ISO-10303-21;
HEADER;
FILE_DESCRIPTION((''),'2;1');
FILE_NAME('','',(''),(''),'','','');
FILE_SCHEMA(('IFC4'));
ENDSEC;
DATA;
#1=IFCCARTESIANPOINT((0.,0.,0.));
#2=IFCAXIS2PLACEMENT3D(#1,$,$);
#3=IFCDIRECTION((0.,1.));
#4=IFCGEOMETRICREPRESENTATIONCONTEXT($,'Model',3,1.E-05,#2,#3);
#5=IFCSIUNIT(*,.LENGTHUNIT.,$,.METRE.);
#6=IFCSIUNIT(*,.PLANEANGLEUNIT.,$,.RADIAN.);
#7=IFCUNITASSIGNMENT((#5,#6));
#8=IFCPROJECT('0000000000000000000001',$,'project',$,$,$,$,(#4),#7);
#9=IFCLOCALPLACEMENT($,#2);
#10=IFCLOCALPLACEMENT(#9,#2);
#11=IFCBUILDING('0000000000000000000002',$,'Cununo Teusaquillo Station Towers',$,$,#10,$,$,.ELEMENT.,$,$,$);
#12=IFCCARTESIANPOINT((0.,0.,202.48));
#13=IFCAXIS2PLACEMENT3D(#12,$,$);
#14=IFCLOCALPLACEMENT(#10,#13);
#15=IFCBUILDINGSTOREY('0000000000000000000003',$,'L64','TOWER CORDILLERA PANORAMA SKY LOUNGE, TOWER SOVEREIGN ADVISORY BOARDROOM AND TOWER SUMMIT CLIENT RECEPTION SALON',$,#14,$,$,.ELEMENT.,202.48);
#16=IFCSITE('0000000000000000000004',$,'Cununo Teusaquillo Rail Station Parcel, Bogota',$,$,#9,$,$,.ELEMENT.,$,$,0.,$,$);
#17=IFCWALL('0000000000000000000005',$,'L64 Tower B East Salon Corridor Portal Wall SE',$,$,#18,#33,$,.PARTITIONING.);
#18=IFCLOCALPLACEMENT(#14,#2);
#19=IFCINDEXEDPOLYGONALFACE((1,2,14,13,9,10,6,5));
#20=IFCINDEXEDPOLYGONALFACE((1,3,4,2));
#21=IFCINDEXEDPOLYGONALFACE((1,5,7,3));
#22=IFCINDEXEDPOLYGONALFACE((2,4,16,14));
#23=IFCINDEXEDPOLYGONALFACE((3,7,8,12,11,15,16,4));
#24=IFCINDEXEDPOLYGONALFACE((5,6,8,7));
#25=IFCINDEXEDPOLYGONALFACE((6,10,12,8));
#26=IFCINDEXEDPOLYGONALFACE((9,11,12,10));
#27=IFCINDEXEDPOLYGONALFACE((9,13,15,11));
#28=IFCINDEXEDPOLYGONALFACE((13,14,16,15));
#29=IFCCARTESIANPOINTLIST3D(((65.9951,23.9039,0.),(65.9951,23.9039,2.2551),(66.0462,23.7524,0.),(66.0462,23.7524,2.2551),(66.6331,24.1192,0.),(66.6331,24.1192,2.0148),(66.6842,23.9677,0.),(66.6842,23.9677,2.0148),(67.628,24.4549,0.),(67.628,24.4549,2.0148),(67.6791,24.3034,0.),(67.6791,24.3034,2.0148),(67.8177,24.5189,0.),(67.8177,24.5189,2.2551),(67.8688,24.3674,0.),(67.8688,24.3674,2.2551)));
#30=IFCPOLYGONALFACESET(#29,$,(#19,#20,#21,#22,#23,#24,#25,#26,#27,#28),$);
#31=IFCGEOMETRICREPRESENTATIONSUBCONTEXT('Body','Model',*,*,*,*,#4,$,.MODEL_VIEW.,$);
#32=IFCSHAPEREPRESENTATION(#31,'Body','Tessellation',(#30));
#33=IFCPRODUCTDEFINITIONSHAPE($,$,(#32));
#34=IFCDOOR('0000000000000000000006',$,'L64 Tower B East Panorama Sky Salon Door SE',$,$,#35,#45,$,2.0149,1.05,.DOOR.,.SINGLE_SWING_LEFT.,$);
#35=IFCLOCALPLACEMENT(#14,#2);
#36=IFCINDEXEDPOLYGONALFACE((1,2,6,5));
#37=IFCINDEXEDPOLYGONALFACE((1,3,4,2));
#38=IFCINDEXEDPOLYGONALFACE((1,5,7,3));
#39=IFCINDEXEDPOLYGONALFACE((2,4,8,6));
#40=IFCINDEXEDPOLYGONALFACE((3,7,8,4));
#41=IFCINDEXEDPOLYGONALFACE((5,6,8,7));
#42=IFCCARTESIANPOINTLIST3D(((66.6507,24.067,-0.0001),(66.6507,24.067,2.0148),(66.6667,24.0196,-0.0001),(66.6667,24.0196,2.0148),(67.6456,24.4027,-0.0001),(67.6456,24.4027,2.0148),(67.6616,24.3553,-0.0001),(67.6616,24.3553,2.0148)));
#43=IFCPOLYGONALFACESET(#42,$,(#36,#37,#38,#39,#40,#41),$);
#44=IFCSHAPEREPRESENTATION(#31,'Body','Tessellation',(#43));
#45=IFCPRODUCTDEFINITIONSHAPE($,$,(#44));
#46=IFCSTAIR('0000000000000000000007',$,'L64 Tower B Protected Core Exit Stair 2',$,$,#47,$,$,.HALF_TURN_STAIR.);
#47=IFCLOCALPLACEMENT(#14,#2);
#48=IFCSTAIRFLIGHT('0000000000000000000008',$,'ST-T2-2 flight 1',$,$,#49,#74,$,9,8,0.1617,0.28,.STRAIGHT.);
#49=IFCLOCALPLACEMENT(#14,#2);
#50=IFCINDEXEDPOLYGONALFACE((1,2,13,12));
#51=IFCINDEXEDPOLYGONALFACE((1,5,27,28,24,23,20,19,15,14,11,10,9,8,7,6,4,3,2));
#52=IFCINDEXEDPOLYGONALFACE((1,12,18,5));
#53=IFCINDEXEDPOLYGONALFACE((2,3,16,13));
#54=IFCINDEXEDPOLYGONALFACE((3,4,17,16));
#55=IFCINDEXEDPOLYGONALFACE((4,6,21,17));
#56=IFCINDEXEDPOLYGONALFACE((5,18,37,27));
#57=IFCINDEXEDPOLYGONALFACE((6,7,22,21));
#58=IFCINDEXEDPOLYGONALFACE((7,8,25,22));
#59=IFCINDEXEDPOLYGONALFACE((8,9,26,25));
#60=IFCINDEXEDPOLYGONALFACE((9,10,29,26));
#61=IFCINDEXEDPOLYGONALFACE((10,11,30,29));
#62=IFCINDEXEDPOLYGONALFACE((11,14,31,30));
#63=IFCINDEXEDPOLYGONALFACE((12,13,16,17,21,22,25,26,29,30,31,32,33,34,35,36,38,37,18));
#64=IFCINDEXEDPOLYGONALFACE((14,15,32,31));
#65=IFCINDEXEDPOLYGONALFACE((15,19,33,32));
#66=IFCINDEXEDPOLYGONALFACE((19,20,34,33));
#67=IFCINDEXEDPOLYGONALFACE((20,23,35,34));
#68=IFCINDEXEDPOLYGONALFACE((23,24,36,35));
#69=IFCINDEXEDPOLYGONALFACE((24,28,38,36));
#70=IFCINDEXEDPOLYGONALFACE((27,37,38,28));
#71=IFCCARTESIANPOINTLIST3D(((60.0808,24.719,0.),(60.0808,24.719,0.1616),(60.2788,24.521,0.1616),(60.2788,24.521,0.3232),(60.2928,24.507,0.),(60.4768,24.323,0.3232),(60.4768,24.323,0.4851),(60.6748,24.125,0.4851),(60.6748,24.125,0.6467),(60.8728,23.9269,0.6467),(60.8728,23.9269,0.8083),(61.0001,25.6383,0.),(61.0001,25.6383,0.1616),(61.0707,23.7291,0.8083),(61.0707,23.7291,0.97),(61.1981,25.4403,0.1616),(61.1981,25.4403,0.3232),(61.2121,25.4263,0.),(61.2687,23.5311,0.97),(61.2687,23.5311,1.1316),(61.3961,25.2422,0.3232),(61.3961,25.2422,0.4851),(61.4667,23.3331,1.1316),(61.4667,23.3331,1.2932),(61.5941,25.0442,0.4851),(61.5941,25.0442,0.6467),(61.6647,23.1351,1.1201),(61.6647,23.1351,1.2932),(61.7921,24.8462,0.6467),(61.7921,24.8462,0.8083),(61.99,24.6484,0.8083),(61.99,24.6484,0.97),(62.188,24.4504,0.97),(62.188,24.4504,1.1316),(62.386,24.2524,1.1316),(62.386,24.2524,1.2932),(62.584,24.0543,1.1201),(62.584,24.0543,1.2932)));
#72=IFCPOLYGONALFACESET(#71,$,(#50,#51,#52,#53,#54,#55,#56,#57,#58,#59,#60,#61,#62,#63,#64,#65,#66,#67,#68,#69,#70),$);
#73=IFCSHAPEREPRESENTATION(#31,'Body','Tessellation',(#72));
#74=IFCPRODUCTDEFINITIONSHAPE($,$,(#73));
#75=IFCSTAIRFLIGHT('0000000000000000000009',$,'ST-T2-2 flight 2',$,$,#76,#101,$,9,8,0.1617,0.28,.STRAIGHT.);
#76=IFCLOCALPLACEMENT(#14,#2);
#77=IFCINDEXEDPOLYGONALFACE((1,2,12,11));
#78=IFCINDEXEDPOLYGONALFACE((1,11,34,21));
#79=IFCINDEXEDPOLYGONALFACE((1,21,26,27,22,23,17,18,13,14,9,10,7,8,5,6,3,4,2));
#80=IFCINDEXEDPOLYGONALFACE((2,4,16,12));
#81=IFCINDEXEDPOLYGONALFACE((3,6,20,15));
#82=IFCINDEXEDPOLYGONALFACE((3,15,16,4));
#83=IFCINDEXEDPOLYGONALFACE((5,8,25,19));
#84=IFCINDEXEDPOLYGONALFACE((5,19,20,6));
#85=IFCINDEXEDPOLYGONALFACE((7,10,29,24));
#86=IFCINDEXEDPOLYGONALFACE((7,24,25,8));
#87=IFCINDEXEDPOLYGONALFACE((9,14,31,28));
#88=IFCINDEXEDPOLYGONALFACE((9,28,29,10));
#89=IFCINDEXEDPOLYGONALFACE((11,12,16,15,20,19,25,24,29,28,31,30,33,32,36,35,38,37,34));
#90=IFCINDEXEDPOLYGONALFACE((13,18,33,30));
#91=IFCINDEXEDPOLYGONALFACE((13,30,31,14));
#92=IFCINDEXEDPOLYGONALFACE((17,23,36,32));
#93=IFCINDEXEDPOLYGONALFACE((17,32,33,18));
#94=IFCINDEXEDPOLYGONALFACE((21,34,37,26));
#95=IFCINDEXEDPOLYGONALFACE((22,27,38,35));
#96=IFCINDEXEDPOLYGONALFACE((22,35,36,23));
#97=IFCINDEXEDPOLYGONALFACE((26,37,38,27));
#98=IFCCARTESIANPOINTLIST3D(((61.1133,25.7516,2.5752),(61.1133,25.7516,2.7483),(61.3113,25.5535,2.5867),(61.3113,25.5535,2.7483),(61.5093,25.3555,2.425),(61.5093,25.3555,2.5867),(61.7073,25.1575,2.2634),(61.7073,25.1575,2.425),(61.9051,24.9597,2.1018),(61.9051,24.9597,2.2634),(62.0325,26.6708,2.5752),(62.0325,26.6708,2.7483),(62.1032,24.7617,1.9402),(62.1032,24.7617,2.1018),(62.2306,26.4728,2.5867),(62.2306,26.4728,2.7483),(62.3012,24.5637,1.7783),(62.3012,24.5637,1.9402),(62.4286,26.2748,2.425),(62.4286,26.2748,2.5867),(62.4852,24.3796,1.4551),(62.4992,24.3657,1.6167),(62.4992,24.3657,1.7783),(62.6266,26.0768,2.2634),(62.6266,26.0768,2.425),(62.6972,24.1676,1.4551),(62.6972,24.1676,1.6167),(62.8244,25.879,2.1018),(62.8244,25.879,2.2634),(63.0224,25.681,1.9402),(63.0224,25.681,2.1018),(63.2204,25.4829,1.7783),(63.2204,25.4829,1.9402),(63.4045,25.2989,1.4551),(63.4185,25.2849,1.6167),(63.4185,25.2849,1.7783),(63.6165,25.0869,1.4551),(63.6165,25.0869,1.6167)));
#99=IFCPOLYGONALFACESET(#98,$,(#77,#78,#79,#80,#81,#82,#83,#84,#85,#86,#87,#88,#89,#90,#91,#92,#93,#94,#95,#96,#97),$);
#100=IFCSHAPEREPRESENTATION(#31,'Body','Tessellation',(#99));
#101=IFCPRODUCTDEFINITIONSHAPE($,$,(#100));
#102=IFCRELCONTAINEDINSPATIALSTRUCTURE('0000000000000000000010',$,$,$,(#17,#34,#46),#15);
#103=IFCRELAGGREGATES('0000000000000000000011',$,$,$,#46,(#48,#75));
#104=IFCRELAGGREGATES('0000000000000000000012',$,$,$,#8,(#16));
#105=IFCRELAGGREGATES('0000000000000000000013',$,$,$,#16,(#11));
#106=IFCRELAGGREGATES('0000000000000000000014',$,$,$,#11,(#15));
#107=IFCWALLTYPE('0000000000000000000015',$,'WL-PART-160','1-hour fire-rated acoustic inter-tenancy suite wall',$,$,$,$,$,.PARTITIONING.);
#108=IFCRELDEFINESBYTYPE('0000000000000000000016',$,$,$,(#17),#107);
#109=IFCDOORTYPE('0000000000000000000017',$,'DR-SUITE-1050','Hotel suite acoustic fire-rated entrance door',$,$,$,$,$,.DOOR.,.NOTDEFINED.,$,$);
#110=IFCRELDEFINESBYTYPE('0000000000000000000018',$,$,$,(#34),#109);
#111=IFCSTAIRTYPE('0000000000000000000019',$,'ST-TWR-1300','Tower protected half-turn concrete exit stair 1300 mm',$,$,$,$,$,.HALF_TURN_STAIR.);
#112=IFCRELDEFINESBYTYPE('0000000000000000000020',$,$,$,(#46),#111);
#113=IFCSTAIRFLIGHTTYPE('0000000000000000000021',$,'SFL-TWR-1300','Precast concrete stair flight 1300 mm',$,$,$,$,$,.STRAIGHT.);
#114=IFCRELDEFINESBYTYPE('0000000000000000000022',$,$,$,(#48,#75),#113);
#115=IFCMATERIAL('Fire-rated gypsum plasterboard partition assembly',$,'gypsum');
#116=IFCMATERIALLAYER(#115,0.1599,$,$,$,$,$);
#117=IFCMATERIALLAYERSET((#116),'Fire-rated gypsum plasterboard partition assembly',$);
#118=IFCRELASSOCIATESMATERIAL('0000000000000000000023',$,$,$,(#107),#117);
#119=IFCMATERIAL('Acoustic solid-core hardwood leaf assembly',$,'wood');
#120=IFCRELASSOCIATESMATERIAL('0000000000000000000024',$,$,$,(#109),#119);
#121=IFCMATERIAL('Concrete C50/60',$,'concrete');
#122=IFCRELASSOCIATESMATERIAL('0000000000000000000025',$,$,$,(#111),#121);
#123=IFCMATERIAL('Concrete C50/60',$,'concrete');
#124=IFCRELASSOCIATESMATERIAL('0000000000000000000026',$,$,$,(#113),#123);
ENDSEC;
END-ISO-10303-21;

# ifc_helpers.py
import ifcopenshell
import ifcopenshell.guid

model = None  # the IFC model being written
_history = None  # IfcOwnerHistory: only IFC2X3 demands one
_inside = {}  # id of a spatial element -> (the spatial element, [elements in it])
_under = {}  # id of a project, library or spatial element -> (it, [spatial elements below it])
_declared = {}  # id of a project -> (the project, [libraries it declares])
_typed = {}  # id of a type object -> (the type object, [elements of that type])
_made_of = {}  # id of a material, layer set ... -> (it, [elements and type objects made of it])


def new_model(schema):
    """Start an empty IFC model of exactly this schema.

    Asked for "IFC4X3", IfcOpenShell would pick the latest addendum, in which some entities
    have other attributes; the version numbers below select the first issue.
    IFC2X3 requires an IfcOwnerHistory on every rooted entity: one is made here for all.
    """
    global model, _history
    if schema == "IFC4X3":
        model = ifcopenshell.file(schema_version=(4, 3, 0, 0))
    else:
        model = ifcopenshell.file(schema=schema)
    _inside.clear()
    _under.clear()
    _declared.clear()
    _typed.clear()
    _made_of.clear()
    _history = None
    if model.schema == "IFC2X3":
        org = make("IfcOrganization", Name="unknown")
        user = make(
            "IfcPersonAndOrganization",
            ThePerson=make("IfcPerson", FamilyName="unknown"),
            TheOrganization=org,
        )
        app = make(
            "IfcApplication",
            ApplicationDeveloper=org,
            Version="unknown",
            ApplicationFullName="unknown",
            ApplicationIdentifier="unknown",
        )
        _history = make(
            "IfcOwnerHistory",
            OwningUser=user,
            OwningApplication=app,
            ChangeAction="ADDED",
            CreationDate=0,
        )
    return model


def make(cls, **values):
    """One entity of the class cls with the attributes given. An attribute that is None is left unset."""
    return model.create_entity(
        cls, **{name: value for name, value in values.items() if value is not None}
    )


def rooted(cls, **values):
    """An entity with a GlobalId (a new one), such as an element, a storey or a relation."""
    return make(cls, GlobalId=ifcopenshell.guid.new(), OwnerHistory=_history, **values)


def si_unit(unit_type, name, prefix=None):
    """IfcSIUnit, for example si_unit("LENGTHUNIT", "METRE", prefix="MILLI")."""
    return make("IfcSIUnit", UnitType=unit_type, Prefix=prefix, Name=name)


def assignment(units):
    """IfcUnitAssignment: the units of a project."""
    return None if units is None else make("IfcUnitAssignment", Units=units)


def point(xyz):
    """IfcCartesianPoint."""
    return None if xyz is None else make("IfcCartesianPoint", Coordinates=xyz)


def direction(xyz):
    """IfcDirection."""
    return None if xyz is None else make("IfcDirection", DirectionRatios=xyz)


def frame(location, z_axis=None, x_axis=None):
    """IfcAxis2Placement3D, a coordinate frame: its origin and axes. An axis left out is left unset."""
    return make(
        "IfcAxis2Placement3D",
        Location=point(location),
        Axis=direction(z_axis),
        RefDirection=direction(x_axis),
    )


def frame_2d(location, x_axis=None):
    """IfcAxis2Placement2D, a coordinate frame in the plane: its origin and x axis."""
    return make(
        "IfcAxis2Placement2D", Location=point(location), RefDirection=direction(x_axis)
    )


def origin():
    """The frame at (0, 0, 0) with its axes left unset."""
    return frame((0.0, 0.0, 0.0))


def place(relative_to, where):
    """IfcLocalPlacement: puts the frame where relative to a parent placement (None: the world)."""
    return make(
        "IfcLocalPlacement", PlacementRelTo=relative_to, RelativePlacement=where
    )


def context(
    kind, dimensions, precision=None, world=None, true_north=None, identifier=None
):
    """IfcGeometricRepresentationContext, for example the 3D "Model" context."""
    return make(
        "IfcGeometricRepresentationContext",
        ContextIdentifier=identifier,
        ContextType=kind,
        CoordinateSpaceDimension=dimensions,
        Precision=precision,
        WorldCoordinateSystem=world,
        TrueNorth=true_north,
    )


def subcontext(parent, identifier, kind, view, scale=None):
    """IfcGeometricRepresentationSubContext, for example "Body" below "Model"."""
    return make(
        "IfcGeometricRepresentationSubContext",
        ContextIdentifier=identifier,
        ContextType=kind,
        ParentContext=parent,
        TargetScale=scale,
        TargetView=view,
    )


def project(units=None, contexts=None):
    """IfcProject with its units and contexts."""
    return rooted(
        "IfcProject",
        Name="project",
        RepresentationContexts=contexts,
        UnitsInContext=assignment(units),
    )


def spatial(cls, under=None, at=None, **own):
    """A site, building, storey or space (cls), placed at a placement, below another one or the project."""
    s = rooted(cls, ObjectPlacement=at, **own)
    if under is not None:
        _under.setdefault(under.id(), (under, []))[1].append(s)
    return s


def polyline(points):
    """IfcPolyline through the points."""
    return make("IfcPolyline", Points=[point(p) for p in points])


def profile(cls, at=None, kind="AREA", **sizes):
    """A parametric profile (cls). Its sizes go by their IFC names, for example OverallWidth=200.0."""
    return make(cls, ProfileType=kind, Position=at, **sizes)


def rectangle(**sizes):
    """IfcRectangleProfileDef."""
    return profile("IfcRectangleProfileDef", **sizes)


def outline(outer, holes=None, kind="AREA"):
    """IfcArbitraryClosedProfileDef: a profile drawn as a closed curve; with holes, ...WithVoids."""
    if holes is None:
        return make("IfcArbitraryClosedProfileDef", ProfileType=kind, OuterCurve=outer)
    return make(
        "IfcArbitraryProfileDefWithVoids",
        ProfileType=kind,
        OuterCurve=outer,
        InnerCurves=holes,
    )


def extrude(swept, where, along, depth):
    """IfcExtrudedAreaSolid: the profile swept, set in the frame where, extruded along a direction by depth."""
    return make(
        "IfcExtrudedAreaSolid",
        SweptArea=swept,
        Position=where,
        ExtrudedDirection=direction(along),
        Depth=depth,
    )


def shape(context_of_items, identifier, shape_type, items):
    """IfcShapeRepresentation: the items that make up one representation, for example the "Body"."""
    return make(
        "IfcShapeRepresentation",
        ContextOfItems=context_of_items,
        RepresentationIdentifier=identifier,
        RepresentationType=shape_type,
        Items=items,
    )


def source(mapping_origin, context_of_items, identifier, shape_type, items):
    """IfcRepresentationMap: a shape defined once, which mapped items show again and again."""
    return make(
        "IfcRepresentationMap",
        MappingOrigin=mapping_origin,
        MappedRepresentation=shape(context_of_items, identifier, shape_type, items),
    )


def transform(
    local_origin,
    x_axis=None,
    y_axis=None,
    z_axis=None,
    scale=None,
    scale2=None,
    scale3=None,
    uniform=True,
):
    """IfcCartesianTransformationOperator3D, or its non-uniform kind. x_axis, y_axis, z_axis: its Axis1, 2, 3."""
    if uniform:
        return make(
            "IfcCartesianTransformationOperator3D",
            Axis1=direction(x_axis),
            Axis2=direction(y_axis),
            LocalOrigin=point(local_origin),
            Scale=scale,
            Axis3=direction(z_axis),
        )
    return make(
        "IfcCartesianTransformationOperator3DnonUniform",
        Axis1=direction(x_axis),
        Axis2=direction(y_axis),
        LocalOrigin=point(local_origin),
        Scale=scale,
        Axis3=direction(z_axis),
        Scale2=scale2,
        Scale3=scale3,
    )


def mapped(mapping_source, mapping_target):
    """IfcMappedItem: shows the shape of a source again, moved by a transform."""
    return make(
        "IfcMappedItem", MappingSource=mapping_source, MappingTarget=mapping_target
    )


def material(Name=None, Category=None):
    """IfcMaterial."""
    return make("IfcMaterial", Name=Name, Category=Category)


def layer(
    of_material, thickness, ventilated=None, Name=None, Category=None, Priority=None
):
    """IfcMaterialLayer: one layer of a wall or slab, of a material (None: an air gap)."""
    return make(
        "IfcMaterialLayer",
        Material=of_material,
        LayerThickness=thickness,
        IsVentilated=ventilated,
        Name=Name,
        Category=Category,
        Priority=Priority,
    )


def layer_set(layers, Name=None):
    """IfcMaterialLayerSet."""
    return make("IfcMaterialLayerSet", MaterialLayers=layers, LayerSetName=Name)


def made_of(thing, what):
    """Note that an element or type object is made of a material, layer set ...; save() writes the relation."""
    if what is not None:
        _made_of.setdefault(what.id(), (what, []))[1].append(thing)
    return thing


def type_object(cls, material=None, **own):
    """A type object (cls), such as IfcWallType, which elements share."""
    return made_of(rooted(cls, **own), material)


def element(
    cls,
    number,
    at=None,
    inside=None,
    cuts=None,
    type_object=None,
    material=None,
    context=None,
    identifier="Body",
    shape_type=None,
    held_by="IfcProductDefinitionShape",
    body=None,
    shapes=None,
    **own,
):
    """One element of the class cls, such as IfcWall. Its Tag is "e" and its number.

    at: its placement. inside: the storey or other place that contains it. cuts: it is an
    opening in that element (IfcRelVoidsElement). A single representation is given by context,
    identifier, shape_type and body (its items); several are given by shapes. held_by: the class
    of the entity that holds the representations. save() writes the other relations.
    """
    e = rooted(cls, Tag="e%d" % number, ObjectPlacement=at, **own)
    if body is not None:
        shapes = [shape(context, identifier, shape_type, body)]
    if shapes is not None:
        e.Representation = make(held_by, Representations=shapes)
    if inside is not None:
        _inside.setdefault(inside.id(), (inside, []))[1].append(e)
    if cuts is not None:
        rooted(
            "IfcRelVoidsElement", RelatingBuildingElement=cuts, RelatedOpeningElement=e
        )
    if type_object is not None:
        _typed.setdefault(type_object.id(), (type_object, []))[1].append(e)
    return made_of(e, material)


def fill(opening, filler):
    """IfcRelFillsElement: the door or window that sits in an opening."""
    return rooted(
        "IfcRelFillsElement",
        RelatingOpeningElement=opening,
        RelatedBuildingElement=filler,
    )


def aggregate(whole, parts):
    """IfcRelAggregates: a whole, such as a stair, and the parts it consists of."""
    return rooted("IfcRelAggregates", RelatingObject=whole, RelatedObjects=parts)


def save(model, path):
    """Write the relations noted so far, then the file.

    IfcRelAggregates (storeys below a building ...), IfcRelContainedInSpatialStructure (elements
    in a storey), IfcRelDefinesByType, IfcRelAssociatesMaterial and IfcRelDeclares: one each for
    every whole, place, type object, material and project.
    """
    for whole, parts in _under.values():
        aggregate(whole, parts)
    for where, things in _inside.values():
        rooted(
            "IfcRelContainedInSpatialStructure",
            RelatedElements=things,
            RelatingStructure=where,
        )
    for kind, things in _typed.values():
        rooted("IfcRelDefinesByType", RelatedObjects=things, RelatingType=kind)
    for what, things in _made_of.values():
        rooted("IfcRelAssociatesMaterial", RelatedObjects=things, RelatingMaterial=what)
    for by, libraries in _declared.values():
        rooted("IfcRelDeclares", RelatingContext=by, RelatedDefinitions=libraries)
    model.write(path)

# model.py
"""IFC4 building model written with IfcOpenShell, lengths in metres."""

from ifc_helpers import new_model, si_unit, direction, frame, frame_2d, origin, place, context, subcontext, project, spatial, polyline, rectangle, outline, extrude, source, transform, mapped, material, layer, layer_set, type_object, element, fill, aggregate, save


model = new_model("IFC4")

# Units and contexts
model_context = context("Model", 3, precision=1e-05, world=origin(), true_north=direction((0.0, 1.0)))
body_context = subcontext(model_context, "Body", "Model", "MODEL_VIEW")
ifc_project = project(units=[si_unit("LENGTHUNIT", "METRE"), si_unit("PLANEANGLEUNIT", "RADIAN")], contexts=[model_context])

# Site, building, storey
site_placement = place(None, origin())
site = spatial("IfcSite", under=ifc_project, at=site_placement, Name="Cununo Teusaquillo Rail Station Parcel, Bogota", CompositionType="ELEMENT", RefElevation=0.0)
building_placement = place(site_placement, origin())
building = spatial("IfcBuilding", under=site, at=building_placement, Name="Cununo Teusaquillo Station Towers", CompositionType="ELEMENT")
storey_placement = place(building_placement, frame((0.0, 0.0, 202.48)))
storey = spatial("IfcBuildingStorey", under=building, at=storey_placement, Name="L64", Description="TOWER CORDILLERA PANORAMA SKY LOUNGE, TOWER SOVEREIGN ADVISORY BOARDROOM AND TOWER SUMMIT CLIENT RECEPTION SALON", CompositionType="ELEMENT", Elevation=202.48)

# Wall, opening, door
ifc_material_1 = material(Name="Fire-rated gypsum plasterboard partition assembly", Category="gypsum")
ifc_layer_1 = layer(ifc_material_1, 0.1599)
ifc_layer_set_1 = layer_set([ifc_layer_1], Name="Fire-rated gypsum plasterboard partition assembly")
wall_type_1 = type_object("IfcWallType", Name="WL-PART-160", Description="1-hour fire-rated acoustic inter-tenancy suite wall", PredefinedType="PARTITIONING", material=ifc_layer_set_1)
wall_1_placement = place(storey_placement, frame((66.0205, 23.8281, 0.0), z_axis=(0.0, 0.0, 1.0), x_axis=(0.947522, 0.31969, 0.0)))
wall_1 = element("IfcWall", 1, at=wall_1_placement, inside=storey, type_object=wall_type_1, Name="L64 Tower B East Salon Corridor Portal Wall SE", PredefinedType="PARTITIONING", context=body_context, shape_type="SweptSolid", body=[
    extrude(rectangle(XDim=1.9236, YDim=0.1599, at=frame_2d((0.9619, 0.0))), origin(), (0.0, 0.0, 1.0), 2.2551),
])
shared_shape_1 = source(origin(), body_context, "Body", "SweptSolid", [
    extrude(rectangle(XDim=1.05, YDim=2.0149, at=frame_2d((0.5249, 1.0073))), frame((0.0, 0.0898, 0.0), z_axis=(0.0, -1.0, 0.0), x_axis=(1.0, 0.0, 0.0)), (0.0, 0.0, 1.0), 0.1799),
])
opening_1_placement = place(wall_1_placement, frame((0.6736, 0.0, 0.0)))
opening_1 = element("IfcOpeningElement", 2, at=opening_1_placement, cuts=wall_1, PredefinedType="OPENING", context=body_context, shape_type="MappedRepresentation", body=[
    mapped(shared_shape_1, transform((0.0, 0.0, 0.0), x_axis=(1.0, 0.0, 0.0), y_axis=(0.0, 1.0, 0.0), z_axis=(0.0, 0.0, 1.0), scale=1.0)),
])
ifc_material_2 = material(Name="Acoustic solid-core hardwood leaf assembly", Category="wood")
door_type = type_object("IfcDoorType", Name="DR-SUITE-1050", Description="Hotel suite acoustic fire-rated entrance door", OperationType="NOTDEFINED", PredefinedType="DOOR", material=ifc_material_2)
shared_shape_2 = source(origin(), body_context, "Body", "SweptSolid", [
    extrude(rectangle(XDim=1.05, YDim=2.0149, at=frame_2d((0.5249, 1.0073))), frame((0.0, 0.0249, 0.0), z_axis=(0.0, -1.0, 0.0), x_axis=(1.0, 0.0, 0.0)), (0.0, 0.0, 1.0), 0.05),
])
door_placement = place(opening_1_placement, origin())
door = element("IfcDoor", 3, at=door_placement, inside=storey, type_object=door_type, Name="L64 Tower B East Panorama Sky Salon Door SE", OperationType="SINGLE_SWING_LEFT", OverallHeight=2.0149, OverallWidth=1.05, PredefinedType="DOOR", context=body_context, shape_type="MappedRepresentation", body=[
    mapped(shared_shape_2, transform((0.0, 0.0, 0.0), x_axis=(1.0, 0.0, 0.0), y_axis=(0.0, 1.0, 0.0), z_axis=(0.0, 0.0, 1.0), scale=1.0)),
])
fill(opening_1, door)

# Stair, stair flights
ifc_material_3 = material(Name="Concrete C50/60", Category="concrete")
stair_type = type_object("IfcStairType", Name="ST-TWR-1300", Description="Tower protected half-turn concrete exit stair 1300 mm", PredefinedType="HALF_TURN_STAIR", material=ifc_material_3)
stair_placement = place(storey_placement, origin())
stair = element("IfcStair", 4, at=stair_placement, inside=storey, type_object=stair_type, Name="L64 Tower B Protected Core Exit Stair 2", PredefinedType="HALF_TURN_STAIR")
ifc_material_4 = material(Name="Concrete C50/60", Category="concrete")
stair_flight_type = type_object("IfcStairFlightType", Name="SFL-TWR-1300", Description="Precast concrete stair flight 1300 mm", PredefinedType="STRAIGHT", material=ifc_material_4)
stair_flight_1_placement = place(storey_placement, frame((60.5405, 25.1787, 0.0), z_axis=(0.0, 0.0, 1.0), x_axis=(0.707107, -0.707107, 0.0)))
stair_flight_1 = element("IfcStairFlight", 5, at=stair_flight_1_placement, type_object=stair_flight_type, Name="ST-T2-2 flight 1", NumberOfRisers=9, NumberOfTreads=8, PredefinedType="STRAIGHT", RiserHeight=0.1617, TreadLength=0.28, context=body_context, shape_type="SweptSolid", body=[
    extrude(outline(polyline([(0.0, 0.0), (0.0, 0.1616), (0.28, 0.1616), (0.28, 0.3232), (0.5601, 0.3232), (0.5601, 0.4851), (0.8401, 0.4851), (0.8401, 0.6467), (1.1201, 0.6467), (1.1201, 0.8083), (1.3999, 0.8083), (1.3999, 0.97), (1.6799, 0.97), (1.6799, 1.1316), (1.96, 1.1316), (1.96, 1.2932), (2.24, 1.2932), (2.24, 1.4551), (2.24, 1.1201), (0.2998, 0.0), (0.0, 0.0)])), frame((0.0, 0.6499, 0.0), z_axis=(0.0, -1.0, 0.0), x_axis=(1.0, 0.0, 0.0)), (0.0, 0.0, 1.0), 1.3),
])
stair_flight_2_placement = place(storey_placement, frame((63.1567, 24.6272, 1.4551), z_axis=(0.0, 0.0, 1.0), x_axis=(-0.707107, 0.707107, 0.0)))
stair_flight_2 = element("IfcStairFlight", 6, at=stair_flight_2_placement, type_object=stair_flight_type, Name="ST-T2-2 flight 2", NumberOfRisers=9, NumberOfTreads=8, PredefinedType="STRAIGHT", RiserHeight=0.1617, TreadLength=0.28, context=body_context, shape_type="SweptSolid", body=[
    extrude(outline(polyline([(0.0, 0.0), (0.0, 0.1616), (0.28, 0.1616), (0.28, 0.3232), (0.5601, 0.3232), (0.5601, 0.4851), (0.8401, 0.4851), (0.8401, 0.6467), (1.1201, 0.6467), (1.1201, 0.8083), (1.3999, 0.8083), (1.3999, 0.97), (1.6799, 0.97), (1.6799, 1.1316), (1.96, 1.1316), (1.96, 1.2932), (2.24, 1.2932), (2.24, 1.4551), (2.24, 1.1201), (0.2998, 0.0), (0.0, 0.0)])), frame((0.0, 0.6499, 0.0), z_axis=(0.0, -1.0, 0.0), x_axis=(1.0, 0.0, 0.0)), (0.0, 0.0, 1.0), 1.3),
])
aggregate(stair, [stair_flight_1, stair_flight_2])

save(model, "model.ifc")
